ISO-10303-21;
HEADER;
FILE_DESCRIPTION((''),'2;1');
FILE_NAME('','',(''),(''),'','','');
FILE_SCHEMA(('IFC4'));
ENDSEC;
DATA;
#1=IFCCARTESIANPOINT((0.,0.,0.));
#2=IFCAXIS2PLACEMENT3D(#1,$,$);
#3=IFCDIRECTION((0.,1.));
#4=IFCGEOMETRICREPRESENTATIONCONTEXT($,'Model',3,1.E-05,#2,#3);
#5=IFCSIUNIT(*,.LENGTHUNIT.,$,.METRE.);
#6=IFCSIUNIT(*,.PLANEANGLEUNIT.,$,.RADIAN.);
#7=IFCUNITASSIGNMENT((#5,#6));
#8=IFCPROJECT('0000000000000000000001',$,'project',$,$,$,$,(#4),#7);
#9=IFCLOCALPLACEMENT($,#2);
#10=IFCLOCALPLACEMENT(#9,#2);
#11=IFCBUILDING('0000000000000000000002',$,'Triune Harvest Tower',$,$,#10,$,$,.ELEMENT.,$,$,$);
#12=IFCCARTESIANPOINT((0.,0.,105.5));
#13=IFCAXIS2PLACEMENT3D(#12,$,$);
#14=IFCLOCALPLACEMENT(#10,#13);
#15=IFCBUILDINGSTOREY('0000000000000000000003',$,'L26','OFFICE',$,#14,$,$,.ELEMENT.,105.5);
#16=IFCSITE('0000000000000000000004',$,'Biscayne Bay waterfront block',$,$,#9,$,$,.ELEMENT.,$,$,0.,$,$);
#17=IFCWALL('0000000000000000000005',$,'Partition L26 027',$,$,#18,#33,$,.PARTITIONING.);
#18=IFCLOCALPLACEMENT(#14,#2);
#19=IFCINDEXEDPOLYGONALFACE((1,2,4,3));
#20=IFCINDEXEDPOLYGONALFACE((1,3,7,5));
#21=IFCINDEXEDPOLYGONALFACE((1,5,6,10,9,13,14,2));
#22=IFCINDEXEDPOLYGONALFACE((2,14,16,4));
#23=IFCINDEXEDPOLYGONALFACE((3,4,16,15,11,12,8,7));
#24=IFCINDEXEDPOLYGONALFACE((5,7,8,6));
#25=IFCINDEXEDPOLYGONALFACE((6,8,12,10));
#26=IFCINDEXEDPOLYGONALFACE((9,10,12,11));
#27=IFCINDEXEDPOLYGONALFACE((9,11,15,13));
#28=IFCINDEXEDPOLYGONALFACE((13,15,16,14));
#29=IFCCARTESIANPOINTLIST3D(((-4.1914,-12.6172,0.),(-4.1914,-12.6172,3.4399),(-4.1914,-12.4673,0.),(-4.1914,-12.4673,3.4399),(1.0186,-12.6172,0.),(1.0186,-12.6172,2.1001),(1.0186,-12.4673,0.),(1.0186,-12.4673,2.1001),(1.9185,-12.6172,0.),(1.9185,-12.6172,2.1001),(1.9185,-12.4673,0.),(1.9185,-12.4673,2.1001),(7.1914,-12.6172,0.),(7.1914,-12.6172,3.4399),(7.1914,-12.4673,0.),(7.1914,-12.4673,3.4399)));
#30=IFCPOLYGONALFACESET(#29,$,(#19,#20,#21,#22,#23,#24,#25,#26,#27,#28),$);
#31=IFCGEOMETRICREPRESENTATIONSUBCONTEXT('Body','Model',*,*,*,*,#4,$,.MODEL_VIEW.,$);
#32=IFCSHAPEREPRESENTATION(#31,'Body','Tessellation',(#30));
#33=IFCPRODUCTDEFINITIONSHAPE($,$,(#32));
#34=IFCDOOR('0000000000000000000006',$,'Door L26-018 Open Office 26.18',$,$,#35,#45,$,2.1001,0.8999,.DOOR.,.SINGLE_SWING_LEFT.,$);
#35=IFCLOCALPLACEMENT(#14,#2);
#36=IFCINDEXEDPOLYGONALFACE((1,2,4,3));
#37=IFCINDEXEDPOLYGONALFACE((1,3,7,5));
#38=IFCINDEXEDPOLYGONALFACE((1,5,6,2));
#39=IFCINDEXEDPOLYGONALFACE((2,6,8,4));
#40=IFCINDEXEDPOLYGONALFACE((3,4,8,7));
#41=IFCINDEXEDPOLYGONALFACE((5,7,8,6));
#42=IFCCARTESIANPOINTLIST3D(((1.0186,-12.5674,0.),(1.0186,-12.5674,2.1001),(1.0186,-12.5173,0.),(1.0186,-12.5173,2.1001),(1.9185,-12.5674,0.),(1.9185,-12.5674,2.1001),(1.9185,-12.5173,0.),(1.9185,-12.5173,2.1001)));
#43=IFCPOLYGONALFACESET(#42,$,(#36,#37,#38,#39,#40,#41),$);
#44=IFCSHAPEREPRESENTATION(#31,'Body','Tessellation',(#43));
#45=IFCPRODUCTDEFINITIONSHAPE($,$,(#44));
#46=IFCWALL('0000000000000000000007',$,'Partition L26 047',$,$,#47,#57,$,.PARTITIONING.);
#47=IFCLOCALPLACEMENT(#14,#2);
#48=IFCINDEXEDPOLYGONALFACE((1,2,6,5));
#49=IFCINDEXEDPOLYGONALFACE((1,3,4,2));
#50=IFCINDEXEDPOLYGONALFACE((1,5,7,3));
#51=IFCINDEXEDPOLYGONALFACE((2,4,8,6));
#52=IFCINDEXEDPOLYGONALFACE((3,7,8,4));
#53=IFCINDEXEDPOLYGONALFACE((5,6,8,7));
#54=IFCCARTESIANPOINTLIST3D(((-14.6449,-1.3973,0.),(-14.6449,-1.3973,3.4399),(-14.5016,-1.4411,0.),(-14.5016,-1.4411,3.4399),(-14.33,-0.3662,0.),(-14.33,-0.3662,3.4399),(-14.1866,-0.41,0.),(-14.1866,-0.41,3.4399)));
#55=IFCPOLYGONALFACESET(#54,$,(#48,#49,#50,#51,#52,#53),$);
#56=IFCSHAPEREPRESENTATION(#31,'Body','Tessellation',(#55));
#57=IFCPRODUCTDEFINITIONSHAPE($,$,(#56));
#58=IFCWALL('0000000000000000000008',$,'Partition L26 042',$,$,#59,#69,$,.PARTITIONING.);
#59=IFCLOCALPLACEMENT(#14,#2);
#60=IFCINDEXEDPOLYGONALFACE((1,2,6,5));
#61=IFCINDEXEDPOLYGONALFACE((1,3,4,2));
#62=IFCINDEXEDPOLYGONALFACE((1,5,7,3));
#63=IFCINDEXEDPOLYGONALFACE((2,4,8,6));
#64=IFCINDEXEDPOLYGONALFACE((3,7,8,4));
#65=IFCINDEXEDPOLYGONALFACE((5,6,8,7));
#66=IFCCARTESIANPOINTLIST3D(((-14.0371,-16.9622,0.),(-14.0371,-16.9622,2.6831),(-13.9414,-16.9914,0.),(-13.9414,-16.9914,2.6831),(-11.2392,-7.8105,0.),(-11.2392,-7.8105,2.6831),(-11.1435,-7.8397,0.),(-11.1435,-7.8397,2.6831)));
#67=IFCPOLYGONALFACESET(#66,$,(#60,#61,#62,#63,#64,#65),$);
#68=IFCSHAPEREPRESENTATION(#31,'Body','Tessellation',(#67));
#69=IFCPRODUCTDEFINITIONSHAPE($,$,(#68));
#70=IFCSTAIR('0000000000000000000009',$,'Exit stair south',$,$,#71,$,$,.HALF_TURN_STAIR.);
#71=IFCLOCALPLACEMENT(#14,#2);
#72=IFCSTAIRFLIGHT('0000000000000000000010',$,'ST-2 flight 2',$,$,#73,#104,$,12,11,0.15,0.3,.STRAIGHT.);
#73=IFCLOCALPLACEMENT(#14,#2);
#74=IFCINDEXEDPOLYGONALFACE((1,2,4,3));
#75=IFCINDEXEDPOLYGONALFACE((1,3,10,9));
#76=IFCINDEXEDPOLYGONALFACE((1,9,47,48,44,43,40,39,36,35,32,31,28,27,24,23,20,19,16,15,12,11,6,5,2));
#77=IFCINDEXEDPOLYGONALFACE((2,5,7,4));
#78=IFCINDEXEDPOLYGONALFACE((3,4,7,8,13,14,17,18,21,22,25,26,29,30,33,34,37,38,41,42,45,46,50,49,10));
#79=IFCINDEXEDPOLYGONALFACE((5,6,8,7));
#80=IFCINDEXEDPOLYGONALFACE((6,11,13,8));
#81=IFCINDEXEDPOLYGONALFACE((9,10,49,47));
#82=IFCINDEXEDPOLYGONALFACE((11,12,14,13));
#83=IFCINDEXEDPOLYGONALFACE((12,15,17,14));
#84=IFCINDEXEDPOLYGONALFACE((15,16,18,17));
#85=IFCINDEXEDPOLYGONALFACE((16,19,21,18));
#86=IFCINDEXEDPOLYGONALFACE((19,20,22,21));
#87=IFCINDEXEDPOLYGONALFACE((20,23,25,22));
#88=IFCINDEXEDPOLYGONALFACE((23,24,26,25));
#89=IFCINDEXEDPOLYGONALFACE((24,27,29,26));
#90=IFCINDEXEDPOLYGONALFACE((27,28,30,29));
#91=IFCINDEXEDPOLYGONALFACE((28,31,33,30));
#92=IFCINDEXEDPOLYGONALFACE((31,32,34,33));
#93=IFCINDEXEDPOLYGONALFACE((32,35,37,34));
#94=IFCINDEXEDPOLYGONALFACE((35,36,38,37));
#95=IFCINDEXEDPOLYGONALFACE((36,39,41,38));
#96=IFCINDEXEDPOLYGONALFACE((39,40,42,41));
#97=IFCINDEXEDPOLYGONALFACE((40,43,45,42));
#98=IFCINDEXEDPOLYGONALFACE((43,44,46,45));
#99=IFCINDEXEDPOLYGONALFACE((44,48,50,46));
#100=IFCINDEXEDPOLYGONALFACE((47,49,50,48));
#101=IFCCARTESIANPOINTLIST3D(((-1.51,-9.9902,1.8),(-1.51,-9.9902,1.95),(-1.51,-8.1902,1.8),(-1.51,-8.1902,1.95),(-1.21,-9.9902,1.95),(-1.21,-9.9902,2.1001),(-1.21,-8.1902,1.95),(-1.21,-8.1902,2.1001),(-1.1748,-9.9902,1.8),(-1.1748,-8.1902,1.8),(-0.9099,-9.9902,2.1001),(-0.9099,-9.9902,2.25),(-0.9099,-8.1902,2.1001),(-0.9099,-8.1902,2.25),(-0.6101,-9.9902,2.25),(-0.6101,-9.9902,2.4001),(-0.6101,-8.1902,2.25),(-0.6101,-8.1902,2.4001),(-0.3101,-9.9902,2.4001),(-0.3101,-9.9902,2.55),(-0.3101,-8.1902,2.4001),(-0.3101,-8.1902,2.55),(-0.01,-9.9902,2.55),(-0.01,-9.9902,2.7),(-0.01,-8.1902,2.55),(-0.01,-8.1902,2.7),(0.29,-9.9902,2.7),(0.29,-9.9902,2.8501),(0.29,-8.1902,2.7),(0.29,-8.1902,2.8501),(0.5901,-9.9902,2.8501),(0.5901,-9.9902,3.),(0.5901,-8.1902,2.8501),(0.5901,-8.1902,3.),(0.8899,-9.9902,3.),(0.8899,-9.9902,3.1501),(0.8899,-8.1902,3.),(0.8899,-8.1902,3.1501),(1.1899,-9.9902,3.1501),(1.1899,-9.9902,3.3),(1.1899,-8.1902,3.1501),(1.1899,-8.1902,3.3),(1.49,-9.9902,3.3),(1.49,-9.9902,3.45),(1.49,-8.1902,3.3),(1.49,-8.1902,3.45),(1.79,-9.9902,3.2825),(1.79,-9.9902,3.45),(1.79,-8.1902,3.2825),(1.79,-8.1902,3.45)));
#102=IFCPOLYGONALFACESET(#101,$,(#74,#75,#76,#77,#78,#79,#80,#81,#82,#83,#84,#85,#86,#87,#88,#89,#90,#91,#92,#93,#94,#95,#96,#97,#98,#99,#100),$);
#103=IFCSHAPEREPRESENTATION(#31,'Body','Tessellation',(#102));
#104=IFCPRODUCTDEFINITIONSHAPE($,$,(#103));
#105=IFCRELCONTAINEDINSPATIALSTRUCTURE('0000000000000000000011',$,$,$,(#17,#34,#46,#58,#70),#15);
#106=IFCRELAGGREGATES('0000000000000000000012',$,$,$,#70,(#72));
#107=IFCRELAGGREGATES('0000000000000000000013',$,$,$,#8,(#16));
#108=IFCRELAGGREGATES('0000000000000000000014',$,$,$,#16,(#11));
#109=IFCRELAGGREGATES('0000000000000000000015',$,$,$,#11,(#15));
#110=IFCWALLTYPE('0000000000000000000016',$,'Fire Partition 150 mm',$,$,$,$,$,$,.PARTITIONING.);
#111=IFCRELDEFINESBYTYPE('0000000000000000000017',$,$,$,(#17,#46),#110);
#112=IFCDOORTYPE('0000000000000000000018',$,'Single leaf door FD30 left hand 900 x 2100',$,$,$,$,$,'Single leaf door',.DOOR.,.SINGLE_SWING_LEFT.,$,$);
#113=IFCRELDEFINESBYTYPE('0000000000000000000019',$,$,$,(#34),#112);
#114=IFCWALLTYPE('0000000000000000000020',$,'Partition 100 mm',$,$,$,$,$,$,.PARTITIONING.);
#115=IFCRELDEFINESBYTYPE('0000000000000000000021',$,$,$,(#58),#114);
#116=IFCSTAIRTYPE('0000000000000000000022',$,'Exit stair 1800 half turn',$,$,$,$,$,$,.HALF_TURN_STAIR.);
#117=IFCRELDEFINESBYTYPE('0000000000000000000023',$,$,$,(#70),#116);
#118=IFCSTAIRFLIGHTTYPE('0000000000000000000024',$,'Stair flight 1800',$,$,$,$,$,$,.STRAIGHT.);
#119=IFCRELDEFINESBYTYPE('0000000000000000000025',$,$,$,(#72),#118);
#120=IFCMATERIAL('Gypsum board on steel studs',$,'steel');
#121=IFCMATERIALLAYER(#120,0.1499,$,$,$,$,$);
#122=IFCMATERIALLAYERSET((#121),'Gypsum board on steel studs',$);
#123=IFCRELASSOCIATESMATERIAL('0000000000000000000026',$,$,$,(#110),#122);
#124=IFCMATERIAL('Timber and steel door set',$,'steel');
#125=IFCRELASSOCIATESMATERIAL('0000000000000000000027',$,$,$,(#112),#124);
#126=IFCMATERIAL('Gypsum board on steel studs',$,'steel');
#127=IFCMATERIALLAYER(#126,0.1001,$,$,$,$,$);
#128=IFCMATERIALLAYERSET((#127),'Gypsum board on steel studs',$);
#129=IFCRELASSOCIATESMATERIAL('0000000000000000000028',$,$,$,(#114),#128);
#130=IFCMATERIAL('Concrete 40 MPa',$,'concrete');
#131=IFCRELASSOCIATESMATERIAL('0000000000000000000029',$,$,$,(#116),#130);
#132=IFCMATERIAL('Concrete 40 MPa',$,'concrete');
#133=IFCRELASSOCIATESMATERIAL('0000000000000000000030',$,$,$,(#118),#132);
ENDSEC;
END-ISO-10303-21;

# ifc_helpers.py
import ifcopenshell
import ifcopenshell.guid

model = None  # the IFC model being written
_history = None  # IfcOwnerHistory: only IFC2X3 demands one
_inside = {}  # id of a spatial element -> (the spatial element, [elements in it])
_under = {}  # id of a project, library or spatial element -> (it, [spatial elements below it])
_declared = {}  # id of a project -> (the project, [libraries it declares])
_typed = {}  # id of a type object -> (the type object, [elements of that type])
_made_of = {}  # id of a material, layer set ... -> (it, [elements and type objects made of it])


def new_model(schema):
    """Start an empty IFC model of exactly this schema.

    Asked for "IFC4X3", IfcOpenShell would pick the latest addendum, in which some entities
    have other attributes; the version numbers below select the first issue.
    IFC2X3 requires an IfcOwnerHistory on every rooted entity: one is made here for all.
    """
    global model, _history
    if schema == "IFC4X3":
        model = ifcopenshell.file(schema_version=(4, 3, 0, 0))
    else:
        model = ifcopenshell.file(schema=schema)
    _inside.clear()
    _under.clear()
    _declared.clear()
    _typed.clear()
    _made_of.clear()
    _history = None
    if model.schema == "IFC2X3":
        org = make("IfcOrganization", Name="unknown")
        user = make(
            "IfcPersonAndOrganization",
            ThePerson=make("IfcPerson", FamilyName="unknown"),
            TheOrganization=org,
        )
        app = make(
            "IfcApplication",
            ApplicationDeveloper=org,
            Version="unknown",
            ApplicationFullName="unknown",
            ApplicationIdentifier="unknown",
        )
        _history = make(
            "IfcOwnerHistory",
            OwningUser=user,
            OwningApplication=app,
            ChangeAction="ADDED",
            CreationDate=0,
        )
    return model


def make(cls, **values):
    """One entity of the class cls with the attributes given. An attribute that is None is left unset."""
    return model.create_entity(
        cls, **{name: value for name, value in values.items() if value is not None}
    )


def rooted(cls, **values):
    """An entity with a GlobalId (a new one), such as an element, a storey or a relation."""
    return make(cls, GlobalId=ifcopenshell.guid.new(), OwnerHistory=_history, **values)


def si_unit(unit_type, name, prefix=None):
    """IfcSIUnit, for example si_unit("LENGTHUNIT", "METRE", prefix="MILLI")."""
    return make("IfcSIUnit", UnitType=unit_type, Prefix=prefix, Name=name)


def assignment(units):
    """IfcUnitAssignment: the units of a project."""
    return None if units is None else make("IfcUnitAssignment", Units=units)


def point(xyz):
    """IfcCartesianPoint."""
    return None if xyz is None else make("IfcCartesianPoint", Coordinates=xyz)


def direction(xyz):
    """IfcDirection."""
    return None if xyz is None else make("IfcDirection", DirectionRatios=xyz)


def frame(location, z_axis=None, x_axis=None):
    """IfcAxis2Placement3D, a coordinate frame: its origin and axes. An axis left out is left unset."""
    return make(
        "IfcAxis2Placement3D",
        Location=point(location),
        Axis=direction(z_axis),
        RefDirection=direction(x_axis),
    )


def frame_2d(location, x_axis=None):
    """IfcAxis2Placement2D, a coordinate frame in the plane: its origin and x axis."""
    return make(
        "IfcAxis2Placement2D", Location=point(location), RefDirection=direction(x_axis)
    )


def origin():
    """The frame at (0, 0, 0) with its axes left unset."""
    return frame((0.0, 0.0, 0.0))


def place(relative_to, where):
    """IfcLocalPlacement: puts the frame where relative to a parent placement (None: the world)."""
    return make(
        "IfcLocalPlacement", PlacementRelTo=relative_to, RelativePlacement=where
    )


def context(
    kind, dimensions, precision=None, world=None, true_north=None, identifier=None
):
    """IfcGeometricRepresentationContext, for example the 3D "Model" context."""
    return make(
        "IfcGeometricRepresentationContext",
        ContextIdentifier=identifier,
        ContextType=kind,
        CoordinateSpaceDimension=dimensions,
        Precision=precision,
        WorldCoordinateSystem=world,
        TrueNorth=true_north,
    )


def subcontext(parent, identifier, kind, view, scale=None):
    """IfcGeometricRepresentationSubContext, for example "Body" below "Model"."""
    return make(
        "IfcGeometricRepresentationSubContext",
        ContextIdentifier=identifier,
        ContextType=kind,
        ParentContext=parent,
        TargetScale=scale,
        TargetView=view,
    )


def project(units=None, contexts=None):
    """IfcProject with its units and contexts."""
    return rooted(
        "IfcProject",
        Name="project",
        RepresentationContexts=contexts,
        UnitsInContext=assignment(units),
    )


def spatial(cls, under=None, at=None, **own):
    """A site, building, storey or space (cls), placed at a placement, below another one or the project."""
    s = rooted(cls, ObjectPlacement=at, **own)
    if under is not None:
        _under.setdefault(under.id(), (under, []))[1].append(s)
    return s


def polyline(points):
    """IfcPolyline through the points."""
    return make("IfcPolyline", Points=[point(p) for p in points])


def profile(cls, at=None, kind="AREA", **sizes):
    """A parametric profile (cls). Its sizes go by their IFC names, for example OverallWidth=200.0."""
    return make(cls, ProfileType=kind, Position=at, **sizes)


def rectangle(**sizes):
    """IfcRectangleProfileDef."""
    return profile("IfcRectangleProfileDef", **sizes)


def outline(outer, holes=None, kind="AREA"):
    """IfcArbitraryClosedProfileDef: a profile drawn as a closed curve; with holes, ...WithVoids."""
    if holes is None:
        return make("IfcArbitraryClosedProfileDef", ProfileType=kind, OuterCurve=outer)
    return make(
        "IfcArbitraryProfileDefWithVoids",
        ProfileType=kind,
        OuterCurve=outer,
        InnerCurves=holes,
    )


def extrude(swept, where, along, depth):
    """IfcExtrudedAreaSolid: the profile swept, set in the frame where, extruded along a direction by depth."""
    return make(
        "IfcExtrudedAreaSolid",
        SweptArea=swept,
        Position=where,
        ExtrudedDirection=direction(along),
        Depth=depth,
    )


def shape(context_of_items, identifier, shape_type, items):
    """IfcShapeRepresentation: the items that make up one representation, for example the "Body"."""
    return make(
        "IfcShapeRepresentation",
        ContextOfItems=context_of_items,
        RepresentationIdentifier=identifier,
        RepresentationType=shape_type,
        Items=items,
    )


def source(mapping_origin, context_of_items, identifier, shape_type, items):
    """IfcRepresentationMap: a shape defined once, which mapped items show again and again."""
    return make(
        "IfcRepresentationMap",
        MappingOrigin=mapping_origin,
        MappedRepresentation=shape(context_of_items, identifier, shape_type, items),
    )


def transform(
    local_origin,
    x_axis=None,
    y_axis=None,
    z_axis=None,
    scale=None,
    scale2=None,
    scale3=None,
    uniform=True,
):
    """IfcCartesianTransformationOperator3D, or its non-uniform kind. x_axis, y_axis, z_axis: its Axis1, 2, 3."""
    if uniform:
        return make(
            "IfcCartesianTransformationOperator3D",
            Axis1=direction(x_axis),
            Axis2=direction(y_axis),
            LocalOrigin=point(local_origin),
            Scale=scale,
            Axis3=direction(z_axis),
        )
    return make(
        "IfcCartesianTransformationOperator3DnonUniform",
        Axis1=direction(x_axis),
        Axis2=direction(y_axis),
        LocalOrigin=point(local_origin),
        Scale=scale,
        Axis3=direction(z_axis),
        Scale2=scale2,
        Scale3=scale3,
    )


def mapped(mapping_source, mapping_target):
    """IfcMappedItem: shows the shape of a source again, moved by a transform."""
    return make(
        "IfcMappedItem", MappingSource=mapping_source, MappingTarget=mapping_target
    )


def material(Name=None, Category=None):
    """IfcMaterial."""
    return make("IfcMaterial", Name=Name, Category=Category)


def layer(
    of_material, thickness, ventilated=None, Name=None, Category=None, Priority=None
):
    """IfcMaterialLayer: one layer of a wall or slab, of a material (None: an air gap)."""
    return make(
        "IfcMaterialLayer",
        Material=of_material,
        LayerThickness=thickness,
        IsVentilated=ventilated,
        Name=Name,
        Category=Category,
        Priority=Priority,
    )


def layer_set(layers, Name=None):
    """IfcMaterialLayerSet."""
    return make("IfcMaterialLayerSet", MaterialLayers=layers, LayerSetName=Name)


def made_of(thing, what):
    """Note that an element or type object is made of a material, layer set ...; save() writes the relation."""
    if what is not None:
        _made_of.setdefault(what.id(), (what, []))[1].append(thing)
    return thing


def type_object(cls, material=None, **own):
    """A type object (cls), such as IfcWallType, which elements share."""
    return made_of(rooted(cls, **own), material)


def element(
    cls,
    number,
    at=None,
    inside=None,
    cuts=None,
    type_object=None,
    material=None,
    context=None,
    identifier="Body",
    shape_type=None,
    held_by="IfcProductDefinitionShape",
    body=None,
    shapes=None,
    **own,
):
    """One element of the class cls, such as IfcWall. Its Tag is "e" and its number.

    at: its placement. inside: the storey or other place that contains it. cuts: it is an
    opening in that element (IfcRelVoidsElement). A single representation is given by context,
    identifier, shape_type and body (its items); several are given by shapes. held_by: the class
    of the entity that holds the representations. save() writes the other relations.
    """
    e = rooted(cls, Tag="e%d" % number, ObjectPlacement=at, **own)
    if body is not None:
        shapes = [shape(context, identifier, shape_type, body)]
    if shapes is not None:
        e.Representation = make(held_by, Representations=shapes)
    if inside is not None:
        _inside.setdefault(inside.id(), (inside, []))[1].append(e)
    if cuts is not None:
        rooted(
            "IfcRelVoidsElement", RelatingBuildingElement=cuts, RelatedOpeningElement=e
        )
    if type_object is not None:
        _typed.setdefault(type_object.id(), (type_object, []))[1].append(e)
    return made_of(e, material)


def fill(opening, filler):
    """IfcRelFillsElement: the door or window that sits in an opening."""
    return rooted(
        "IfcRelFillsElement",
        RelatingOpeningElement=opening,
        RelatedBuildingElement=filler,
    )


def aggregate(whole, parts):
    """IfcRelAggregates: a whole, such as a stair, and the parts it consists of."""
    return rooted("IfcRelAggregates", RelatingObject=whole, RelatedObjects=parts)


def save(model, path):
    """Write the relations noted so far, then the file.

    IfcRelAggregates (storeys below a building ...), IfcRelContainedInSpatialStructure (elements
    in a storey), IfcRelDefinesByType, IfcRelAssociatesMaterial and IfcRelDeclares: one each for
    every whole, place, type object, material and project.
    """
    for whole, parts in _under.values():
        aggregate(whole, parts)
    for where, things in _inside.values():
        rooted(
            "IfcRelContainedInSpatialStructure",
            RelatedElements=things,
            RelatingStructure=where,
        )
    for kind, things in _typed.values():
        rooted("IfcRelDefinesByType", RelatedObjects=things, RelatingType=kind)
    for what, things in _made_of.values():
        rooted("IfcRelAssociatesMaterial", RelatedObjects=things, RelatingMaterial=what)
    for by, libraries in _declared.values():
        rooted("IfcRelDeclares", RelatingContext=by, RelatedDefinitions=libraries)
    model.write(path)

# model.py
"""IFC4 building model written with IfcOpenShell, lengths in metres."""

from ifc_helpers import new_model, si_unit, direction, frame, frame_2d, origin, place, context, subcontext, project, spatial, polyline, rectangle, outline, extrude, source, transform, mapped, material, layer, layer_set, type_object, element, fill, aggregate, save


model = new_model("IFC4")

# Units and contexts
model_context = context("Model", 3, precision=1e-05, world=origin(), true_north=direction((0.0, 1.0)))
body_context = subcontext(model_context, "Body", "Model", "MODEL_VIEW")
ifc_project = project(units=[si_unit("LENGTHUNIT", "METRE"), si_unit("PLANEANGLEUNIT", "RADIAN")], contexts=[model_context])

# Site, building, storey
site_placement = place(None, origin())
site = spatial("IfcSite", under=ifc_project, at=site_placement, Name="Biscayne Bay waterfront block", CompositionType="ELEMENT", RefElevation=0.0)
building_placement = place(site_placement, origin())
building = spatial("IfcBuilding", under=site, at=building_placement, Name="Triune Harvest Tower", CompositionType="ELEMENT")
storey_placement = place(building_placement, frame((0.0, 0.0, 105.5)))
storey = spatial("IfcBuildingStorey", under=building, at=storey_placement, Name="L26", Description="OFFICE", CompositionType="ELEMENT", Elevation=105.5)

# Shared definitions
ifc_material_1 = material(Name="Gypsum board on steel studs", Category="steel")
ifc_layer_1 = layer(ifc_material_1, 0.1499)
ifc_layer_set_1 = layer_set([ifc_layer_1], Name="Gypsum board on steel studs")
wall_type_1 = type_object("IfcWallType", Name="Fire Partition 150 mm", PredefinedType="PARTITIONING", material=ifc_layer_set_1)

# Shared definitions
ifc_material_2 = material(Name="Timber and steel door set", Category="steel")
door_type_1 = type_object("IfcDoorType", Name="Single leaf door FD30 left hand 900 x 2100", ElementType="Single leaf door", OperationType="SINGLE_SWING_LEFT", PredefinedType="DOOR", material=ifc_material_2)

# Wall, opening, door
shared_shape_1 = source(origin(), body_context, "Body", "SweptSolid", [
    extrude(rectangle(XDim=11.3828, YDim=0.1499, at=frame_2d((5.6914, 0.0))), origin(), (0.0, 0.0, 1.0), 3.4399),
])
wall_1_placement = place(storey_placement, frame((-4.1914, -12.5422, 0.0), z_axis=(0.0, 0.0, 1.0), x_axis=(1.0, 0.0, 0.0)))
wall_1 = element("IfcWall", 1, at=wall_1_placement, inside=storey, type_object=wall_type_1, Name="Partition L26 027", PredefinedType="PARTITIONING", context=body_context, shape_type="MappedRepresentation", body=[
    mapped(shared_shape_1, transform((0.0, 0.0, 0.0), scale=1.0)),
])
opening_1_placement = place(wall_1_placement, frame((5.21, 0.0, 0.0)))
opening_1 = element("IfcOpeningElement", 2, at=opening_1_placement, cuts=wall_1, PredefinedType="OPENING", context=body_context, shape_type="SweptSolid", body=[
    extrude(rectangle(XDim=0.8999, YDim=2.1001, at=frame_2d((0.45, 1.05))), frame((0.0, 0.085, 0.0), z_axis=(0.0, -1.0, 0.0), x_axis=(1.0, 0.0, 0.0)), (0.0, 0.0, 1.0), 0.1699),
])
door_1_placement = place(opening_1_placement, origin())
door_1 = element("IfcDoor", 3, at=door_1_placement, inside=storey, type_object=door_type_1, Name="Door L26-018 Open Office 26.18", OperationType="SINGLE_SWING_LEFT", OverallHeight=2.1001, OverallWidth=0.8999, PredefinedType="DOOR", context=body_context, shape_type="SweptSolid", body=[
    extrude(rectangle(XDim=0.8999, YDim=2.1001, at=frame_2d((0.45, 1.05))), frame((0.0, 0.0249, 0.0), z_axis=(0.0, -1.0, 0.0), x_axis=(1.0, 0.0, 0.0)), (0.0, 0.0, 1.0), 0.05),
])
fill(opening_1, door_1)

# Walls
shared_shape_2 = source(origin(), body_context, "Body", "SweptSolid", [
    extrude(rectangle(XDim=1.0781, YDim=0.1499, at=frame_2d((0.5391, 0.0))), origin(), (0.0, 0.0, 1.0), 3.4399),
])
wall_2_placement = place(storey_placement, frame((-14.5732, -1.4192, 0.0), z_axis=(0.0, 0.0, 1.0), x_axis=(0.292144, 0.956374, 0.0)))
element("IfcWall", 4, at=wall_2_placement, inside=storey, type_object=wall_type_1, Name="Partition L26 047", PredefinedType="PARTITIONING", context=body_context, shape_type="MappedRepresentation", body=[
    mapped(shared_shape_2, transform((0.0, 0.0, 0.0), scale=1.0)),
])
ifc_material_3 = material(Name="Gypsum board on steel studs", Category="steel")
ifc_layer_2 = layer(ifc_material_3, 0.1001)
ifc_layer_set_2 = layer_set([ifc_layer_2], Name="Gypsum board on steel studs")
wall_type_2 = type_object("IfcWallType", Name="Partition 100 mm", PredefinedType="PARTITIONING", material=ifc_layer_set_2)
shared_shape_3 = source(origin(), body_context, "Body", "SweptSolid", [
    extrude(rectangle(XDim=9.5698, YDim=0.1001, at=frame_2d((4.7849, 0.0))), origin(), (0.0, 0.0, 1.0), 2.6831),
])
wall_3_placement = place(storey_placement, frame((-13.9893, -16.9768, 0.0), z_axis=(0.0, 0.0, 1.0), x_axis=(0.292364, 0.956307, 0.0)))
element("IfcWall", 5, at=wall_3_placement, inside=storey, type_object=wall_type_2, Name="Partition L26 042", PredefinedType="PARTITIONING", context=body_context, shape_type="MappedRepresentation", body=[
    mapped(shared_shape_3, transform((0.0, 0.0, 0.0), scale=1.0)),
])

# Stair, stair flight
ifc_material_4 = material(Name="Concrete 40 MPa", Category="concrete")
stair_type = type_object("IfcStairType", Name="Exit stair 1800 half turn", PredefinedType="HALF_TURN_STAIR", material=ifc_material_4)
stair_placement = place(storey_placement, origin())
stair = element("IfcStair", 6, at=stair_placement, inside=storey, type_object=stair_type, Name="Exit stair south", PredefinedType="HALF_TURN_STAIR")
ifc_material_5 = material(Name="Concrete 40 MPa", Category="concrete")
stair_flight_type = type_object("IfcStairFlightType", Name="Stair flight 1800", PredefinedType="STRAIGHT", material=ifc_material_5)
shared_shape_4 = source(origin(), body_context, "Body", "SweptSolid", [
    extrude(outline(polyline([(0.0, 0.0), (0.0, 0.1499), (0.3, 0.1499), (0.3, 0.3), (0.6001, 0.3), (0.6001, 0.45), (0.8999, 0.45), (0.8999, 0.6001), (1.2, 0.6001), (1.2, 0.75), (1.5, 0.75), (1.5, 0.8999), (1.8, 0.8999), (1.8, 1.05), (2.1001, 1.05), (2.1001, 1.2), (2.3999, 1.2), (2.3999, 1.3501), (2.7, 1.3501), (2.7, 1.5), (3.0, 1.5), (3.0, 1.6499), (3.3, 1.6499), (3.3, 1.8), (3.3, 1.4824), (0.3352, 0.0), (0.0, 0.0)])), frame((0.0, 0.8999, 0.0), z_axis=(0.0, -1.0, 0.0), x_axis=(1.0, 0.0, 0.0)), (0.0, 0.0, 1.0), 1.8),
])
stair_flight_placement = place(storey_placement, frame((-1.51, -9.0901, 1.8), z_axis=(0.0, 0.0, 1.0), x_axis=(1.0, 0.0, 0.0)))
stair_flight = element("IfcStairFlight", 7, at=stair_flight_placement, type_object=stair_flight_type, Name="ST-2 flight 2", NumberOfRisers=12, NumberOfTreads=11, PredefinedType="STRAIGHT", RiserHeight=0.15, TreadLength=0.3, context=body_context, shape_type="MappedRepresentation", body=[
    mapped(shared_shape_4, transform((0.0, 0.0, 0.0), scale=1.0)),
])
aggregate(stair, [stair_flight])

save(model, "model.ifc")
